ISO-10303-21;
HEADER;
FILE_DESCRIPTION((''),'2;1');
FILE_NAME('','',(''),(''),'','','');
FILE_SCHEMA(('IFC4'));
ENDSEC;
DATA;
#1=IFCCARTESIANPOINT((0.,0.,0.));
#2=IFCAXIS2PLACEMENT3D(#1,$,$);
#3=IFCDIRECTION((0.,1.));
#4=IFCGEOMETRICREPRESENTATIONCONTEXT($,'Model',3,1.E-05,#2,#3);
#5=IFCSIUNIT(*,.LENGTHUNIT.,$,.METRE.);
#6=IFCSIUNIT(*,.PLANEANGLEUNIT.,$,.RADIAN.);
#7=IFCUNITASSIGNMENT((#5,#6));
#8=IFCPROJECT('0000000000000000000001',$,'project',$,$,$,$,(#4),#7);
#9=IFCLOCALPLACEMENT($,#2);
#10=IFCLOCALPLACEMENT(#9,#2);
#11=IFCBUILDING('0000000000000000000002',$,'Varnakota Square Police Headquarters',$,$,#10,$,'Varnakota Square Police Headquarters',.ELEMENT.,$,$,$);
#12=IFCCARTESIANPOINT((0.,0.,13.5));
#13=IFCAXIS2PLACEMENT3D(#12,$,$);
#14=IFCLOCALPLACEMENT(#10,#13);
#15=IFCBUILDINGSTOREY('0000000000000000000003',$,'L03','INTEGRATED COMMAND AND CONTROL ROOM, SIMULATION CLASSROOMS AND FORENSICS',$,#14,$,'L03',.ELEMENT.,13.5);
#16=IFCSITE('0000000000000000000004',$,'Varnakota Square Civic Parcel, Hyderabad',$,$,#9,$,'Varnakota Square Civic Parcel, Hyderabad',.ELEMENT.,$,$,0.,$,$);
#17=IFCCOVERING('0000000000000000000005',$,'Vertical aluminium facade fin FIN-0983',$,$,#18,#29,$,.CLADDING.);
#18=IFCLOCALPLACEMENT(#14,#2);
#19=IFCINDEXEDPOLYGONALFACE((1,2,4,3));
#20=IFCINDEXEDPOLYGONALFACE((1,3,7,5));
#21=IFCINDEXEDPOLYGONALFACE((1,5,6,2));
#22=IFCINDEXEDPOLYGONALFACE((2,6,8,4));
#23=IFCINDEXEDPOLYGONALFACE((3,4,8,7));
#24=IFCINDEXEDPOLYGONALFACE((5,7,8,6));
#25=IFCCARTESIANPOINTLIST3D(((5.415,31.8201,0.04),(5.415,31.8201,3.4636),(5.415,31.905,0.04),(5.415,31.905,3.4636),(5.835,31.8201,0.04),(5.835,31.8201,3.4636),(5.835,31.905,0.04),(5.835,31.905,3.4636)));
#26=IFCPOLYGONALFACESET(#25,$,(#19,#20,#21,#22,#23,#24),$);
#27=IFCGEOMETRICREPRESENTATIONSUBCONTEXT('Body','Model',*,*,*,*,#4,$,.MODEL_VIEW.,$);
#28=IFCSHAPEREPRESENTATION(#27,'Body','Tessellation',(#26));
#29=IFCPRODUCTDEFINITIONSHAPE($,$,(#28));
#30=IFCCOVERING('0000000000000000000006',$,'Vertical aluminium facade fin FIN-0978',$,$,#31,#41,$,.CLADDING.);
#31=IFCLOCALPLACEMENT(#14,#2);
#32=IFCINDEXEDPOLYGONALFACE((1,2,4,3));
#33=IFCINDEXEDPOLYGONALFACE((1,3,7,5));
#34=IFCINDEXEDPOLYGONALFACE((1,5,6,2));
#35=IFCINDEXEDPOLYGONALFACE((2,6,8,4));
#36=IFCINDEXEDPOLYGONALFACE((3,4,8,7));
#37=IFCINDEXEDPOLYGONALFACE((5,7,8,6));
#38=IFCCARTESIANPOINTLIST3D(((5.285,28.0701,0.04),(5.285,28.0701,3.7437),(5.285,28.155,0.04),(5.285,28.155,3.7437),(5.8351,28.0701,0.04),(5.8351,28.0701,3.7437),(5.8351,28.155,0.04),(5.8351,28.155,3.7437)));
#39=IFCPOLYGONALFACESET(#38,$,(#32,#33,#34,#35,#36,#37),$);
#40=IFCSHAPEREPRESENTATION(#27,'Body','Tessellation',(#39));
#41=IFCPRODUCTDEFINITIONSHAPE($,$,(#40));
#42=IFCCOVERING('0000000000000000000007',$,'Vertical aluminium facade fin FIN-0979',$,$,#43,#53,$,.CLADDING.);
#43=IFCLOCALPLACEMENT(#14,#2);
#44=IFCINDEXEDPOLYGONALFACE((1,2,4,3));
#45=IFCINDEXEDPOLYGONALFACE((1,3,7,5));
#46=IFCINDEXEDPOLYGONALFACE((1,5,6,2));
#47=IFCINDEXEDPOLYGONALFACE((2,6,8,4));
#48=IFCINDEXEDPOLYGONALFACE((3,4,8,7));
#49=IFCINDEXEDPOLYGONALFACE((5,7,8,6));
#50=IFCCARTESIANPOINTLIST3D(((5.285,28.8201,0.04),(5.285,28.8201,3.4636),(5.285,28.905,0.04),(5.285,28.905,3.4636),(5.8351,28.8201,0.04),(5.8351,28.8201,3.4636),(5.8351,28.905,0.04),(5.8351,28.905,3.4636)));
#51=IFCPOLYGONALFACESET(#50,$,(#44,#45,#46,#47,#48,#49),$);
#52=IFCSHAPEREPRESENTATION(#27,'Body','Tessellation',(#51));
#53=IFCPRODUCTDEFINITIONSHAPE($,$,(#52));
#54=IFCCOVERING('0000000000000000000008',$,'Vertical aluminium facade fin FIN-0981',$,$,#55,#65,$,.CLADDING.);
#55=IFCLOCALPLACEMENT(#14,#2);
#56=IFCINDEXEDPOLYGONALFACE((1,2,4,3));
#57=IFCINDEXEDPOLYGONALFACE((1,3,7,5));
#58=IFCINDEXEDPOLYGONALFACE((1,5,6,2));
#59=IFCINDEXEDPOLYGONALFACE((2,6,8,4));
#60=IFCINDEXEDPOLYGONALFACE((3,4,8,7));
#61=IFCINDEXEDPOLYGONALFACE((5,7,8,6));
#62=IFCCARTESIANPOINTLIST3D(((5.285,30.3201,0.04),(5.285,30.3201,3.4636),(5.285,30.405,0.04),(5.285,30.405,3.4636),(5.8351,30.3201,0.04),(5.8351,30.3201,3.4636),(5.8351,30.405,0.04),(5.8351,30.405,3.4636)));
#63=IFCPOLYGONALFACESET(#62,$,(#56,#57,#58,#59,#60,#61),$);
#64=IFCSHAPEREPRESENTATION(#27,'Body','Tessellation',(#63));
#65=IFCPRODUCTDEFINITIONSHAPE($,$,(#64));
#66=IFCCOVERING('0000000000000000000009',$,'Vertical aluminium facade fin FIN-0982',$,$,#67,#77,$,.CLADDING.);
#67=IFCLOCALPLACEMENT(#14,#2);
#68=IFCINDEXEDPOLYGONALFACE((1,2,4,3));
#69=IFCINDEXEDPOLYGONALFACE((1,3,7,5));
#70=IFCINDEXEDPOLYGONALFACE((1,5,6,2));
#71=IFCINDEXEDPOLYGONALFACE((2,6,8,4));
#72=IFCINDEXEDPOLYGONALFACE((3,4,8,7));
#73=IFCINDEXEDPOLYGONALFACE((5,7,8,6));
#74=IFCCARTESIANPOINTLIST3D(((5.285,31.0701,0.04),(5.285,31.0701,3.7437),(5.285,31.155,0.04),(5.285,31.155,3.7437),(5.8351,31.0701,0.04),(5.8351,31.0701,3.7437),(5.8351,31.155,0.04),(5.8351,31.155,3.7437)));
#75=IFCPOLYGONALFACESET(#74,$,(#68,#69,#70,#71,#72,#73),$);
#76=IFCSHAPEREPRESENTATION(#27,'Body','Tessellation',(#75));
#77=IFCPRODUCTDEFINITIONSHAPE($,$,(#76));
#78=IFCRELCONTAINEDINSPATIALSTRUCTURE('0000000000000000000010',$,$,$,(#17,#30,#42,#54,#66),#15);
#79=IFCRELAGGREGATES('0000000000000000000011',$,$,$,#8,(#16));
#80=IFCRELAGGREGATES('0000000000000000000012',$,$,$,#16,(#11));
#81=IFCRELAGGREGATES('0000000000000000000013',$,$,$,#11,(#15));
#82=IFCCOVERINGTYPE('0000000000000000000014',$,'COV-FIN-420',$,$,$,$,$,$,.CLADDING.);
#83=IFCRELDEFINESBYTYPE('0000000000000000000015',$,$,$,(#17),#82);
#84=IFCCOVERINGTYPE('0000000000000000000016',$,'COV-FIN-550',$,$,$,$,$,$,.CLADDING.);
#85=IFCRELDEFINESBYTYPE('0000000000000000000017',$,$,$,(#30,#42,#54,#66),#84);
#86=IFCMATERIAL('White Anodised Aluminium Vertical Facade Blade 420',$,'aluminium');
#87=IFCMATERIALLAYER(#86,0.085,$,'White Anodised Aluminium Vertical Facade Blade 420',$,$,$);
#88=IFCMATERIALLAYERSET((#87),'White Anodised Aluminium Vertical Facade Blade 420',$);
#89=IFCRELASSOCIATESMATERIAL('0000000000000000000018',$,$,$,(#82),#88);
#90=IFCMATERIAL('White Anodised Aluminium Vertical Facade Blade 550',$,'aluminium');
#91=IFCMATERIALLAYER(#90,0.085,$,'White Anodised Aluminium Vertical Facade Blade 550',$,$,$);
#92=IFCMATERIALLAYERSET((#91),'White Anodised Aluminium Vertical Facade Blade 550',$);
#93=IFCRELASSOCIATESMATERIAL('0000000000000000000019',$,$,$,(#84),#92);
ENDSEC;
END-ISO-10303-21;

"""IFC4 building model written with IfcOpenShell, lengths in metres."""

from ifc_helpers import new_model, si_unit, direction, frame, origin, origin_2d, place, context, subcontext, project, spatial, rectangle, extrude, material, layer, layer_set, type_object, element, save


model = new_model("IFC4")

# Units and contexts
model_context = context("Model", 3, precision=1e-05, world=origin(), true_north=direction((0.0, 1.0)))
body_context = subcontext(model_context, "Body", "Model", "MODEL_VIEW")
ifc_project = project(units=[si_unit("LENGTHUNIT", "METRE"), si_unit("PLANEANGLEUNIT", "RADIAN")], contexts=[model_context])

# Site, building, storey
site_placement = place(None, origin())
site = spatial("IfcSite", under=ifc_project, at=site_placement, Name="Varnakota Square Civic Parcel, Hyderabad", LongName="Varnakota Square Civic Parcel, Hyderabad", CompositionType="ELEMENT", RefElevation=0.0)
building_placement = place(site_placement, origin())
building = spatial("IfcBuilding", under=site, at=building_placement, Name="Varnakota Square Police Headquarters", LongName="Varnakota Square Police Headquarters", CompositionType="ELEMENT")
storey_placement = place(building_placement, frame((0.0, 0.0, 13.5)))
storey = spatial("IfcBuildingStorey", under=building, at=storey_placement, Name="L03", Description="INTEGRATED COMMAND AND CONTROL ROOM, SIMULATION CLASSROOMS AND FORENSICS", LongName="L03", CompositionType="ELEMENT", Elevation=13.5)

# Coverings
ifc_material_1 = material(Name="White Anodised Aluminium Vertical Facade Blade 420", Category="aluminium")
ifc_layer_1 = layer(ifc_material_1, 0.085, Name="White Anodised Aluminium Vertical Facade Blade 420")
ifc_layer_set_1 = layer_set([ifc_layer_1], Name="White Anodised Aluminium Vertical Facade Blade 420")
covering_type_1 = type_object("IfcCoveringType", Name="COV-FIN-420", PredefinedType="CLADDING", material=ifc_layer_set_1)
covering_1_placement = place(storey_placement, frame((5.625, 31.8625, 0.04), z_axis=(0.0, 0.0, 1.0), x_axis=(0.0, 1.0, 0.0)))
element("IfcCovering", 1, at=covering_1_placement, inside=storey, type_object=covering_type_1, Name="Vertical aluminium facade fin FIN-0983", PredefinedType="CLADDING", context=body_context, shape_type="SweptSolid", body=[
    extrude(rectangle(XDim=0.085, YDim=0.4199, at=origin_2d()), origin(), (0.0, 0.0, 1.0), 3.4236),
])
ifc_material_2 = material(Name="White Anodised Aluminium Vertical Facade Blade 550", Category="aluminium")
ifc_layer_2 = layer(ifc_material_2, 0.085, Name="White Anodised Aluminium Vertical Facade Blade 550")
ifc_layer_set_2 = layer_set([ifc_layer_2], Name="White Anodised Aluminium Vertical Facade Blade 550")
covering_type_2 = type_object("IfcCoveringType", Name="COV-FIN-550", PredefinedType="CLADDING", material=ifc_layer_set_2)
covering_2_placement = place(storey_placement, frame((5.5601, 28.1125, 0.04), z_axis=(0.0, 0.0, 1.0), x_axis=(0.0, 1.0, 0.0)))
element("IfcCovering", 2, at=covering_2_placement, inside=storey, type_object=covering_type_2, Name="Vertical aluminium facade fin FIN-0978", PredefinedType="CLADDING", context=body_context, shape_type="SweptSolid", body=[
    extrude(rectangle(XDim=0.085, YDim=0.55, at=origin_2d()), origin(), (0.0, 0.0, 1.0), 3.7036),
])
for number, where, z_axis, x_axis, name in (
    (3, (5.5601, 28.8625, 0.04), (0.0, 0.0, 1.0), (0.0, 1.0, 0.0), "Vertical aluminium facade fin FIN-0979"),
    (4, (5.5601, 30.3625, 0.04), (0.0, 0.0, 1.0), (0.0, 1.0, 0.0), "Vertical aluminium facade fin FIN-0981"),
):
    element("IfcCovering", number, at=place(storey_placement, frame(where, z_axis=z_axis, x_axis=x_axis)), inside=storey, type_object=covering_type_2, Name=name, PredefinedType="CLADDING", context=body_context, shape_type="SweptSolid", body=[
        extrude(rectangle(XDim=0.085, YDim=0.55, at=origin_2d()), origin(), (0.0, 0.0, 1.0), 3.4236),
    ])
covering_3_placement = place(storey_placement, frame((5.5601, 31.1125, 0.04), z_axis=(0.0, 0.0, 1.0), x_axis=(0.0, 1.0, 0.0)))
element("IfcCovering", 5, at=covering_3_placement, inside=storey, type_object=covering_type_2, Name="Vertical aluminium facade fin FIN-0982", PredefinedType="CLADDING", context=body_context, shape_type="SweptSolid", body=[
    extrude(rectangle(XDim=0.085, YDim=0.55, at=origin_2d()), origin(), (0.0, 0.0, 1.0), 3.7036),
])

save(model, "model.ifc")
